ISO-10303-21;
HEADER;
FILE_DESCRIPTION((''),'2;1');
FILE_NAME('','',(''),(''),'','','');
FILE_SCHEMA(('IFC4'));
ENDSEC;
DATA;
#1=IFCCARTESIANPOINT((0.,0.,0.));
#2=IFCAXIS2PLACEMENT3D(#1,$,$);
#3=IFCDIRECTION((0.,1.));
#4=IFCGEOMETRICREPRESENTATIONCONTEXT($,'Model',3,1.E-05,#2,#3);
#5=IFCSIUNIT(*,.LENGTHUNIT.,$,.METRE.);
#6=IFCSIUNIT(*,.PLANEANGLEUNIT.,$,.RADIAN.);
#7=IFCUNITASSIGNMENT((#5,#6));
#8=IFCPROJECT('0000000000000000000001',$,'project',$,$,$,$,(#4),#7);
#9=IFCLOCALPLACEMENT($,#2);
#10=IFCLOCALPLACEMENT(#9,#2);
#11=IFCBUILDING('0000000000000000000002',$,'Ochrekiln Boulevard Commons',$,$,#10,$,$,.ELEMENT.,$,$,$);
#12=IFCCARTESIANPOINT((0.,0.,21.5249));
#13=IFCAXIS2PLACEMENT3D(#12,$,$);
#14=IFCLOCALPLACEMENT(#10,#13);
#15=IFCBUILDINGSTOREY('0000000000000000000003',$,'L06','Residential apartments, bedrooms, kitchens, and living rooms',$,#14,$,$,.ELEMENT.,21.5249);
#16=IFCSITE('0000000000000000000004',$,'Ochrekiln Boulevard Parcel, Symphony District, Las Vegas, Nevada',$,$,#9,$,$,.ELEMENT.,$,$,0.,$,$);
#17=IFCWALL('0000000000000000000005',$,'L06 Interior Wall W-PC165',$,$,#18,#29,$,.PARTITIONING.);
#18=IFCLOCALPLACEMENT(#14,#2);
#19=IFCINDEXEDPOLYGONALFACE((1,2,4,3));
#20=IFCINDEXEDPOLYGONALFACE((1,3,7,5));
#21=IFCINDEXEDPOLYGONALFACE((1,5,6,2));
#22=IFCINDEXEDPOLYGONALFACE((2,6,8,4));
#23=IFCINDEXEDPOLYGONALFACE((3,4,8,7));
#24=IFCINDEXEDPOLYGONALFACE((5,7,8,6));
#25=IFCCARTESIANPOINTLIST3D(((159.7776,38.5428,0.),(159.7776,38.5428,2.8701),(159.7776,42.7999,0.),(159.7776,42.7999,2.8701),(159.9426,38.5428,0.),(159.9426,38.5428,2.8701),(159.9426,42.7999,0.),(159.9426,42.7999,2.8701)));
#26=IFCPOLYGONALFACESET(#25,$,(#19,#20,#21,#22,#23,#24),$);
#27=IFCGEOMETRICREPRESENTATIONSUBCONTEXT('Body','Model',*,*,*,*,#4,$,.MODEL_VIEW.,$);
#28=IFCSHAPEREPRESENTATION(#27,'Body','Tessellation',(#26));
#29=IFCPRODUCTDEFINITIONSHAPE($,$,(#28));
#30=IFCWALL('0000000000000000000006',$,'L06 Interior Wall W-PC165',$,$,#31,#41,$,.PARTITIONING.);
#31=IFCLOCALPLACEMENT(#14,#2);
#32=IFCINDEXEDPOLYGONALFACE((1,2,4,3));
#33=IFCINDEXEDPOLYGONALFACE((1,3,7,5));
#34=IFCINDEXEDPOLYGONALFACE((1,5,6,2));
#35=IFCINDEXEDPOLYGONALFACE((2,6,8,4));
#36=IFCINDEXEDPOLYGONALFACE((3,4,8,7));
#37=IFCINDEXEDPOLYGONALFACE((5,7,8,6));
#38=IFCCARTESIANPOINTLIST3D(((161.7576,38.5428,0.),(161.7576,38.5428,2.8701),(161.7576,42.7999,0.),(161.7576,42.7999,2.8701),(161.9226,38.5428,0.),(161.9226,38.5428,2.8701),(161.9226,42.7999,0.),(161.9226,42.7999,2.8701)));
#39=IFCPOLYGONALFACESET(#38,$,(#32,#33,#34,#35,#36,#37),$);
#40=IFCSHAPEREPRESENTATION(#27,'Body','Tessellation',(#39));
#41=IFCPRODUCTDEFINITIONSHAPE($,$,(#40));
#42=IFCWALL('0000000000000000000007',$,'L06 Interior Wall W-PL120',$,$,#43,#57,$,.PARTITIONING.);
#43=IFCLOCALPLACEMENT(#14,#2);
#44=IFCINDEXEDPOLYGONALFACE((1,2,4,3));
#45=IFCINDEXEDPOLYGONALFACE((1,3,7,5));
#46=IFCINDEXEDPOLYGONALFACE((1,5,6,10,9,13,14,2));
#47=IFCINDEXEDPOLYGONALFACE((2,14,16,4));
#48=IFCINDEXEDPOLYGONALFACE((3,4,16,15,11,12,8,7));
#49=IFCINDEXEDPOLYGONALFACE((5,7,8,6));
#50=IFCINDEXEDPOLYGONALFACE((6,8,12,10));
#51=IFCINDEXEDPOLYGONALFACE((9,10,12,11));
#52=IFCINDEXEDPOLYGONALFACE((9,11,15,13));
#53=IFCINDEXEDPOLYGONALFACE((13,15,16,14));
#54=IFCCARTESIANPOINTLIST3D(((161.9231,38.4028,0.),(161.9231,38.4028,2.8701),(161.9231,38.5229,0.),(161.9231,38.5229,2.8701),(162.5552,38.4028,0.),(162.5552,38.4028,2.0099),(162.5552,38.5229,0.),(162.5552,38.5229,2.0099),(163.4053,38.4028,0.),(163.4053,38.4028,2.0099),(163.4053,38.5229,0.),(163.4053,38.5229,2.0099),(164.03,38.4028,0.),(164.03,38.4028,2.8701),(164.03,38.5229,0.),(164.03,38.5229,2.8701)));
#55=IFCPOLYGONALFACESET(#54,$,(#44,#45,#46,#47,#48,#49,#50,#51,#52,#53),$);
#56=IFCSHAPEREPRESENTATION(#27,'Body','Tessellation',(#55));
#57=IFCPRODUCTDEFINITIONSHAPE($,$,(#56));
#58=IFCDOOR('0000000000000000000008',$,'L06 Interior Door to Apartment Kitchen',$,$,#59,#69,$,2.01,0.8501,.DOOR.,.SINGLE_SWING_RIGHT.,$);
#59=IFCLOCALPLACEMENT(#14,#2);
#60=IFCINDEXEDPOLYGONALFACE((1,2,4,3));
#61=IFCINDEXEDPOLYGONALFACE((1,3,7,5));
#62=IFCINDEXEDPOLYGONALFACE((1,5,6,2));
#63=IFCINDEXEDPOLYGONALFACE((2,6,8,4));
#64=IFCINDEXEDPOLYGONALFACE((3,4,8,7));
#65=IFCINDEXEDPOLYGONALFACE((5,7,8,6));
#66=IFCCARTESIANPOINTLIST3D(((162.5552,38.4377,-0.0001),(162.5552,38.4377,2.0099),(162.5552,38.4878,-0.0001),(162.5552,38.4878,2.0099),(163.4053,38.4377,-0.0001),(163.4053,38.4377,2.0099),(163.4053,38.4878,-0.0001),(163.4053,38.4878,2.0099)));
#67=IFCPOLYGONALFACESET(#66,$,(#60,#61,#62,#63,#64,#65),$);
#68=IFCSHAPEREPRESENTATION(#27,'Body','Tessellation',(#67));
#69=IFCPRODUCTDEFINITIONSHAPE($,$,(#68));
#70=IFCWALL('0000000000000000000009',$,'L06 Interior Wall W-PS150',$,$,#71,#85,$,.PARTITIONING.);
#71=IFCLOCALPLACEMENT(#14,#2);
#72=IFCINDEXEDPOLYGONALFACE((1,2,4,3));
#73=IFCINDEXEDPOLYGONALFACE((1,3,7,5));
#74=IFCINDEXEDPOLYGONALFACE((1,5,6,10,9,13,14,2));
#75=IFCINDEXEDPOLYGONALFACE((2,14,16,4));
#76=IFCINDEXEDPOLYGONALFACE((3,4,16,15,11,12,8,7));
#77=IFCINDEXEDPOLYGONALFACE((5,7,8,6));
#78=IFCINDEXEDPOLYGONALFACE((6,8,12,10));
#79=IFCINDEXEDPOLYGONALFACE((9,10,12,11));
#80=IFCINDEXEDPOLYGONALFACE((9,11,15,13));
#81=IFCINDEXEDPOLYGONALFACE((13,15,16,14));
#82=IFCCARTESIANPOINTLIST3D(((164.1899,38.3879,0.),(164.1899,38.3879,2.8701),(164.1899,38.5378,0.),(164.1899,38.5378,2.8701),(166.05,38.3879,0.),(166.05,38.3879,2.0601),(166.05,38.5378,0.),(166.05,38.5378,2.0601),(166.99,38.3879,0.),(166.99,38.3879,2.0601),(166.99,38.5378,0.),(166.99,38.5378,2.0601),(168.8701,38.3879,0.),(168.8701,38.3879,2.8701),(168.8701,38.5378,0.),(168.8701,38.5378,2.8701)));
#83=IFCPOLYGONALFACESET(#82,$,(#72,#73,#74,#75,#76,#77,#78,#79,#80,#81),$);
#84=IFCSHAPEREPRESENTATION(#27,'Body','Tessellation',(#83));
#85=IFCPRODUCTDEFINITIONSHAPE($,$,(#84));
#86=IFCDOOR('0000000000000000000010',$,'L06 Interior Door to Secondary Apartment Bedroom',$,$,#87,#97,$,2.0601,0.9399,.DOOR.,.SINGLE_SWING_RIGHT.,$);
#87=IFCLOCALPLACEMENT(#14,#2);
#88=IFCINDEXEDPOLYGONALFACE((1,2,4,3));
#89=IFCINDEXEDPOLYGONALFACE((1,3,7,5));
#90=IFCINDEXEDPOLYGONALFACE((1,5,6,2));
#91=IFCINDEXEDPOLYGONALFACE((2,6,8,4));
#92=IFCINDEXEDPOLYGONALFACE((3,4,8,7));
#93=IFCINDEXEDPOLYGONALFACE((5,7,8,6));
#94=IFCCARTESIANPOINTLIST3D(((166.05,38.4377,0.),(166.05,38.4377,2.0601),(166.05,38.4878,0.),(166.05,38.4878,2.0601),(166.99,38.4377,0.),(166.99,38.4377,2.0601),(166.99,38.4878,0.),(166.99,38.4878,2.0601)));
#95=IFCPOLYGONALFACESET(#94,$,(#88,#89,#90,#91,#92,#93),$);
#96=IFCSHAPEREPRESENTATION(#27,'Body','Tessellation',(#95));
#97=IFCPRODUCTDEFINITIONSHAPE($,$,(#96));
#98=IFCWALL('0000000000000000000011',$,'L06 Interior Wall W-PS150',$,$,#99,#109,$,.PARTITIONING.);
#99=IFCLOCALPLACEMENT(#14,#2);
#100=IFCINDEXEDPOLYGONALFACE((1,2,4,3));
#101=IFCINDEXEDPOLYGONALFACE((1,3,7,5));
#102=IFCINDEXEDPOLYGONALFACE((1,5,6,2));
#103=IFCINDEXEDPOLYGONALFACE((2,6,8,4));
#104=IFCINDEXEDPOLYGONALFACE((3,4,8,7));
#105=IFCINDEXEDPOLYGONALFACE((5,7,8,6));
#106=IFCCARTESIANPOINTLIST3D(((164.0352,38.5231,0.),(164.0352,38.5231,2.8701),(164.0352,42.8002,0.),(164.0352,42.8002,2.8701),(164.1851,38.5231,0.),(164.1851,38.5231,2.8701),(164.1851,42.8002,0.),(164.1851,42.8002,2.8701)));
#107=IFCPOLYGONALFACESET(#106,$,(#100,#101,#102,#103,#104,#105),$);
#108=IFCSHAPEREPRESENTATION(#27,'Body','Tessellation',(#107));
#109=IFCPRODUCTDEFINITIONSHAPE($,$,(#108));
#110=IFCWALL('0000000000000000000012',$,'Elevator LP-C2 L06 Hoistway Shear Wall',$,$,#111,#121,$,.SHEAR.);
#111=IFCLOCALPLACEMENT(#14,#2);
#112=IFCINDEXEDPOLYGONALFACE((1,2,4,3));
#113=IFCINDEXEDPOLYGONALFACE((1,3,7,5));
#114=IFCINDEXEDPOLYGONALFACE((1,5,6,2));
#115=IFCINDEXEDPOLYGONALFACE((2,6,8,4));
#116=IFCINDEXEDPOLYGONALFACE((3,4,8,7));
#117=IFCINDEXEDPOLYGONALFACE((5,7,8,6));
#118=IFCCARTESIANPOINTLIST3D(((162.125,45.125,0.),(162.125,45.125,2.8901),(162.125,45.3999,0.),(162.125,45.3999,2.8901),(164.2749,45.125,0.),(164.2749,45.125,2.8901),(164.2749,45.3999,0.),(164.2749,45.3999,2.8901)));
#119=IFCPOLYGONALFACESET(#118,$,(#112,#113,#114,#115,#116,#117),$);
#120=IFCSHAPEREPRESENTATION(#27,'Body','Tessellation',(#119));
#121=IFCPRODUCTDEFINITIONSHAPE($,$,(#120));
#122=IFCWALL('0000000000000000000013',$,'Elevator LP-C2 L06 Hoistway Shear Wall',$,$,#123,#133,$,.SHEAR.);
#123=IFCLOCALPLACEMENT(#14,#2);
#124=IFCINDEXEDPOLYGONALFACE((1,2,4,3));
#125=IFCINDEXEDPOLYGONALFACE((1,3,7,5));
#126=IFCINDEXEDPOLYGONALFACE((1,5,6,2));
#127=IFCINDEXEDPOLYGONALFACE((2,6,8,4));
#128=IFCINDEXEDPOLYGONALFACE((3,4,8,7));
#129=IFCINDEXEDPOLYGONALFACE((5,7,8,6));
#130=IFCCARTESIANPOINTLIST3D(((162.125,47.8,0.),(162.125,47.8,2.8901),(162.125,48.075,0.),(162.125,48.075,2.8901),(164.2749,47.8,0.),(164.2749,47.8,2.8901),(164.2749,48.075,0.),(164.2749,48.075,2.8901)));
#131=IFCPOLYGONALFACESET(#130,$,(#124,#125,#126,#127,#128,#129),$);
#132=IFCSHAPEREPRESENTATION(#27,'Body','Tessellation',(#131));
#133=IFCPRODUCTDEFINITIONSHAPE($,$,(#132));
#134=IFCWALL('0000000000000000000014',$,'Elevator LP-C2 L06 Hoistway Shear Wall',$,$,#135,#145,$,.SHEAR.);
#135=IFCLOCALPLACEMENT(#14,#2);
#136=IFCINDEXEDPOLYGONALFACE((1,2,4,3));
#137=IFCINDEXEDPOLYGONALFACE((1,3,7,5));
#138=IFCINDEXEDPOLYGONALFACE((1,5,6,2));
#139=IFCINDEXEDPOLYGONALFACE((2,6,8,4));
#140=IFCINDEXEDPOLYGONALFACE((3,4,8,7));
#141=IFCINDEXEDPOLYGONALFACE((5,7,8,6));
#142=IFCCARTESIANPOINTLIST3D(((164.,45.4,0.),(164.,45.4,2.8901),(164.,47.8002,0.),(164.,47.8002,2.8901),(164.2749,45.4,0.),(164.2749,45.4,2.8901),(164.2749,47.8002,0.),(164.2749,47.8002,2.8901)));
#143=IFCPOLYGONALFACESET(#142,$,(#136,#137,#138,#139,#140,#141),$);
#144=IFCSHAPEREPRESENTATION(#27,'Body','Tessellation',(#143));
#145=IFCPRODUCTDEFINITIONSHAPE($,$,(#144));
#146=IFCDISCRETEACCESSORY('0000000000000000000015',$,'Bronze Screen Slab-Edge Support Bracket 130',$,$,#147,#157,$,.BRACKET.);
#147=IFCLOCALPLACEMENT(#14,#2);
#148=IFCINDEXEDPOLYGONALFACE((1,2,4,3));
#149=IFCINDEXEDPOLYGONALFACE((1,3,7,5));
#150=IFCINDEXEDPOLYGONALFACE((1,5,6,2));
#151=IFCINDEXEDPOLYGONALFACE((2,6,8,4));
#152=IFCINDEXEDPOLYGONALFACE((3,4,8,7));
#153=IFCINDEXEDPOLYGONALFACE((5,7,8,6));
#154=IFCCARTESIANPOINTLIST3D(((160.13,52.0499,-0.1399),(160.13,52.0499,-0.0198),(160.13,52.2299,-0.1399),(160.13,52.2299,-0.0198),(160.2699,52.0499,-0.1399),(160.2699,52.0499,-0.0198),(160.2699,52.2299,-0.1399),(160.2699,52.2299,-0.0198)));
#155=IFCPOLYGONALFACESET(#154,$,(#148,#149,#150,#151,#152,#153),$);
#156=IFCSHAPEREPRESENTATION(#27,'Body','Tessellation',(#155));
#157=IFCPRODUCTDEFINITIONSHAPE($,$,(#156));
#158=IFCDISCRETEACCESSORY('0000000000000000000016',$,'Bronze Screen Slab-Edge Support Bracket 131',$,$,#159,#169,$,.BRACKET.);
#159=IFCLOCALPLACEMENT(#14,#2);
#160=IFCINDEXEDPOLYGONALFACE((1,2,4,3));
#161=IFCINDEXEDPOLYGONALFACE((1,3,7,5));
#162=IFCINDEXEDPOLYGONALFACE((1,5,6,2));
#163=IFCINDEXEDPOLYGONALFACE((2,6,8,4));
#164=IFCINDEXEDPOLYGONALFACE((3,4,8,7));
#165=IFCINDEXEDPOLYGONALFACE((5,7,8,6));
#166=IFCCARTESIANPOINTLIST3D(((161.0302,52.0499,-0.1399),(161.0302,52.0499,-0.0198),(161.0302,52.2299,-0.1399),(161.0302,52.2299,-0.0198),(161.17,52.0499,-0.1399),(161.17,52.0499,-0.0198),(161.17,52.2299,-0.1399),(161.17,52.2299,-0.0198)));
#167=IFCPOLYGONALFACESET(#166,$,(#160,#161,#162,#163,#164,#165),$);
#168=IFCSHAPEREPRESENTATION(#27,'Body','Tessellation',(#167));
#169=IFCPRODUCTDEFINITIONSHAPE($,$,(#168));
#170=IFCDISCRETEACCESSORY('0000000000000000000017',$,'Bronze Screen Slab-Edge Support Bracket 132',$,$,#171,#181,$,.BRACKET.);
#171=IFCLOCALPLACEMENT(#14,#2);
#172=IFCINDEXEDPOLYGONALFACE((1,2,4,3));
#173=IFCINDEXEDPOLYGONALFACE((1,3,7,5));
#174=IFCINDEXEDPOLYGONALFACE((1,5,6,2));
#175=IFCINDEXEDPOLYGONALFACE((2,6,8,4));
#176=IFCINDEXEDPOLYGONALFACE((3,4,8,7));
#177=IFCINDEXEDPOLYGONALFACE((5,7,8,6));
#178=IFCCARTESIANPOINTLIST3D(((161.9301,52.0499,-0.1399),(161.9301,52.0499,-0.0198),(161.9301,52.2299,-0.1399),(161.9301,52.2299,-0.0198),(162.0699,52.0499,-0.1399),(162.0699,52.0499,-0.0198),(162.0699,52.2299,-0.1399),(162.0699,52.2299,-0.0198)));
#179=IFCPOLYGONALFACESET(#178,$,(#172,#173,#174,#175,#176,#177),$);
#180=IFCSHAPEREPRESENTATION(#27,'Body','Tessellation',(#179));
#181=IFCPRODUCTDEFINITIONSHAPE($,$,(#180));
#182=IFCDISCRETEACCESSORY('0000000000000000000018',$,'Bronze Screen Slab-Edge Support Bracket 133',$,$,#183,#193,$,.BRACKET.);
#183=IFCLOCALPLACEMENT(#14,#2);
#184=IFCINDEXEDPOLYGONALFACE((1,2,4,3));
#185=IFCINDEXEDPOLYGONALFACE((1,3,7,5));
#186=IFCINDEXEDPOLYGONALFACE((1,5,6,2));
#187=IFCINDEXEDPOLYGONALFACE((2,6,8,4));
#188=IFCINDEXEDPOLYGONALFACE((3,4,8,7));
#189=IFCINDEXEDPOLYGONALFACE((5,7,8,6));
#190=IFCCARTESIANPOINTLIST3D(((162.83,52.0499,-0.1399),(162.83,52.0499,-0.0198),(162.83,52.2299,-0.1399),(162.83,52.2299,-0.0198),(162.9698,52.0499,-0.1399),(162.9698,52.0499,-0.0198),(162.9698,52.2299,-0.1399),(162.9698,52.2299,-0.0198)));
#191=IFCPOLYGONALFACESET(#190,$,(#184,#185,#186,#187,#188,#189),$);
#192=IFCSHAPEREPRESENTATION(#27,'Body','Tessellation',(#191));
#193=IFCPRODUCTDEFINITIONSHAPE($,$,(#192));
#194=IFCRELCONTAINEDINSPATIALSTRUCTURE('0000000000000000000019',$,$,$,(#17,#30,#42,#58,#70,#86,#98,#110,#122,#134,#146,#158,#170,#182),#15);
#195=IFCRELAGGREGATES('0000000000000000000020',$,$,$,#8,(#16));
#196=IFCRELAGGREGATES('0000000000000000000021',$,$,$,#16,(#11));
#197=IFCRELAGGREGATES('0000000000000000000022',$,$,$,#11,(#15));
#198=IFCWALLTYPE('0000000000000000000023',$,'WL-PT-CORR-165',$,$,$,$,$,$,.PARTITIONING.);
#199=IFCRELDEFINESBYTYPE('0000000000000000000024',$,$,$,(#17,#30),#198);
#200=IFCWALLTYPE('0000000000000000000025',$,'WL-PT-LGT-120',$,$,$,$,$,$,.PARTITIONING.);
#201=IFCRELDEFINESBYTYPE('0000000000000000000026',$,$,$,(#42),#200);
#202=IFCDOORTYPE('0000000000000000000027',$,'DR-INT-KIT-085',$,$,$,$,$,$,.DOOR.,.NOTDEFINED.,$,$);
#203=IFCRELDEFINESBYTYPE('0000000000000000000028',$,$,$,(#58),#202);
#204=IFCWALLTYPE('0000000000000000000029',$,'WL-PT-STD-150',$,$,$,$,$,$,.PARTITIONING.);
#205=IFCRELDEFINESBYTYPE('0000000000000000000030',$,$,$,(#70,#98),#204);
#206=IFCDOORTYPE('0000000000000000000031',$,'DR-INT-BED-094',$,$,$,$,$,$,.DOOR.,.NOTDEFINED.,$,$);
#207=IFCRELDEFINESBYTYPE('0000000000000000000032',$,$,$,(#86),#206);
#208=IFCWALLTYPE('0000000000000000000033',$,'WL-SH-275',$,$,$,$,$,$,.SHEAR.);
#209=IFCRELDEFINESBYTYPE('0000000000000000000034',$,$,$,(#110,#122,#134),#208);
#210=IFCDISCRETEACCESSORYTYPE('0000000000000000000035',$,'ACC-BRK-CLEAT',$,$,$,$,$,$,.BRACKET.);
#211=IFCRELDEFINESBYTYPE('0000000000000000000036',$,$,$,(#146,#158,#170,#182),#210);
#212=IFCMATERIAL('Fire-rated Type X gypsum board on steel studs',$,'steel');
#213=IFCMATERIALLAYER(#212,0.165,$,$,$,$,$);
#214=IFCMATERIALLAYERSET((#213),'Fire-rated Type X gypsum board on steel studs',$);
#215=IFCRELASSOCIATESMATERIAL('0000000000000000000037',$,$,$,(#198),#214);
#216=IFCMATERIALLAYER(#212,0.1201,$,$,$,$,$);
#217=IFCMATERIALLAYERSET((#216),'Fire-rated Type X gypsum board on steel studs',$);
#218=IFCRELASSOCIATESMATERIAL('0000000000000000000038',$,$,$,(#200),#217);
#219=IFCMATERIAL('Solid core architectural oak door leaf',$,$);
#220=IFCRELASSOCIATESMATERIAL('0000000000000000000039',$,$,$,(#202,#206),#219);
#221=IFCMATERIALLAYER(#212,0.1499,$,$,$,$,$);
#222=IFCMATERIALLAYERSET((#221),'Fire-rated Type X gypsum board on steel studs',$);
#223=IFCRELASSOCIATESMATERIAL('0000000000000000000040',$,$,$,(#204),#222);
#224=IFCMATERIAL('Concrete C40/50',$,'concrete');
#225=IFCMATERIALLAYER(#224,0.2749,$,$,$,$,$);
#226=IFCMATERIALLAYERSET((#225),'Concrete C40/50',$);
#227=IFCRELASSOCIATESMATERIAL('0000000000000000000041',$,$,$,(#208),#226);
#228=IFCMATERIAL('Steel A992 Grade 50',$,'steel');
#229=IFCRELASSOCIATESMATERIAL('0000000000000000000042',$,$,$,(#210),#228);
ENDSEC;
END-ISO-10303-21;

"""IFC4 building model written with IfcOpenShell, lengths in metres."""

from ifc_helpers import new_model, si_unit, direction, frame, frame_2d, origin, origin_2d, place, context, subcontext, project, spatial, rectangle, extrude, material, layer, layer_set, type_object, element, fill, save


model = new_model("IFC4")

# Units and contexts
model_context = context("Model", 3, precision=1e-05, world=origin(), true_north=direction((0.0, 1.0)))
body_context = subcontext(model_context, "Body", "Model", "MODEL_VIEW")
ifc_project = project(units=[si_unit("LENGTHUNIT", "METRE"), si_unit("PLANEANGLEUNIT", "RADIAN")], contexts=[model_context])

# Site, building, storey
site_placement = place(None, origin())
site = spatial("IfcSite", under=ifc_project, at=site_placement, Name="Ochrekiln Boulevard Parcel, Symphony District, Las Vegas, Nevada", CompositionType="ELEMENT", RefElevation=0.0)
building_placement = place(site_placement, origin())
building = spatial("IfcBuilding", under=site, at=building_placement, Name="Ochrekiln Boulevard Commons", CompositionType="ELEMENT")
storey_placement = place(building_placement, frame((0.0, 0.0, 21.5249)))
storey = spatial("IfcBuildingStorey", under=building, at=storey_placement, Name="L06", Description="Residential apartments, bedrooms, kitchens, and living rooms", CompositionType="ELEMENT", Elevation=21.5249)

# Shared definitions
ifc_material_1 = material(Name="Concrete C40/50", Category="concrete")

# Walls
ifc_material_2 = material(Name="Fire-rated Type X gypsum board on steel studs", Category="steel")
ifc_layer_1 = layer(ifc_material_2, 0.165)
ifc_layer_set_1 = layer_set([ifc_layer_1], Name="Fire-rated Type X gypsum board on steel studs")
wall_type_1 = type_object("IfcWallType", Name="WL-PT-CORR-165", PredefinedType="PARTITIONING", material=ifc_layer_set_1)
for number, where, z_axis, x_axis, name in (
    (1, (159.8601, 38.543, 0.0), (0.0, 0.0, 1.0), (0.0, 1.0, 0.0), "L06 Interior Wall W-PC165"),
    (2, (161.8401, 38.543, 0.0), (0.0, 0.0, 1.0), (0.0, 1.0, 0.0), "L06 Interior Wall W-PC165"),
):
    element("IfcWall", number, at=place(storey_placement, frame(where, z_axis=z_axis, x_axis=x_axis)), inside=storey, type_object=wall_type_1, Name=name, PredefinedType="PARTITIONING", context=body_context, shape_type="SweptSolid", body=[
        extrude(rectangle(XDim=4.2571, YDim=0.165, at=frame_2d((2.1284, 0.0))), origin(), (0.0, 0.0, 1.0), 2.8701),
    ])

# Walls, openings, doors
ifc_layer_2 = layer(ifc_material_2, 0.1201)
ifc_layer_set_2 = layer_set([ifc_layer_2], Name="Fire-rated Type X gypsum board on steel studs")
wall_type_2 = type_object("IfcWallType", Name="WL-PT-LGT-120", PredefinedType="PARTITIONING", material=ifc_layer_set_2)
wall_1_placement = place(storey_placement, frame((161.9231, 38.4629, 0.0), z_axis=(0.0, 0.0, 1.0), x_axis=(1.0, 0.0, 0.0)))
wall_1 = element("IfcWall", 3, at=wall_1_placement, inside=storey, type_object=wall_type_2, Name="L06 Interior Wall W-PL120", PredefinedType="PARTITIONING", context=body_context, shape_type="SweptSolid", body=[
    extrude(rectangle(XDim=2.1069, YDim=0.1201, at=frame_2d((1.0535, 0.0))), origin(), (0.0, 0.0, 1.0), 2.8701),
])
opening_1_placement = place(wall_1_placement, frame((0.6321, 0.0, 0.0)))
opening_1 = element("IfcOpeningElement", 4, at=opening_1_placement, cuts=wall_1, PredefinedType="OPENING", context=body_context, shape_type="SweptSolid", body=[
    extrude(rectangle(XDim=0.8501, YDim=2.01, at=frame_2d((0.425, 1.0049))), frame((0.0, 0.0701, 0.0), z_axis=(0.0, -1.0, 0.0), x_axis=(1.0, 0.0, 0.0)), (0.0, 0.0, 1.0), 0.1401),
])
ifc_material_3 = material(Name="Solid core architectural oak door leaf")
door_type_1 = type_object("IfcDoorType", Name="DR-INT-KIT-085", OperationType="NOTDEFINED", PredefinedType="DOOR", material=ifc_material_3)
door_1_placement = place(opening_1_placement, origin())
door_1 = element("IfcDoor", 5, at=door_1_placement, inside=storey, type_object=door_type_1, Name="L06 Interior Door to Apartment Kitchen", OperationType="SINGLE_SWING_RIGHT", OverallHeight=2.01, OverallWidth=0.8501, PredefinedType="DOOR", context=body_context, shape_type="SweptSolid", body=[
    extrude(rectangle(XDim=0.8501, YDim=2.01, at=frame_2d((0.425, 1.0049))), frame((0.0, 0.0249, 0.0), z_axis=(0.0, -1.0, 0.0), x_axis=(1.0, 0.0, 0.0)), (0.0, 0.0, 1.0), 0.05),
])
fill(opening_1, door_1)
ifc_layer_3 = layer(ifc_material_2, 0.1499)
ifc_layer_set_3 = layer_set([ifc_layer_3], Name="Fire-rated Type X gypsum board on steel studs")
wall_type_3 = type_object("IfcWallType", Name="WL-PT-STD-150", PredefinedType="PARTITIONING", material=ifc_layer_set_3)
wall_2_placement = place(storey_placement, frame((164.1899, 38.4629, 0.0), z_axis=(0.0, 0.0, 1.0), x_axis=(1.0, 0.0, 0.0)))
wall_2 = element("IfcWall", 6, at=wall_2_placement, inside=storey, type_object=wall_type_3, Name="L06 Interior Wall W-PS150", PredefinedType="PARTITIONING", context=body_context, shape_type="SweptSolid", body=[
    extrude(rectangle(XDim=4.6802, YDim=0.1499, at=frame_2d((2.3401, 0.0))), origin(), (0.0, 0.0, 1.0), 2.8701),
])
opening_2_placement = place(wall_2_placement, frame((1.8601, 0.0, 0.0)))
opening_2 = element("IfcOpeningElement", 7, at=opening_2_placement, cuts=wall_2, PredefinedType="OPENING", context=body_context, shape_type="SweptSolid", body=[
    extrude(rectangle(XDim=0.9399, YDim=2.0601, at=frame_2d((0.47, 1.03))), frame((0.0, 0.085, 0.0), z_axis=(0.0, -1.0, 0.0), x_axis=(1.0, 0.0, 0.0)), (0.0, 0.0, 1.0), 0.1699),
])
door_type_2 = type_object("IfcDoorType", Name="DR-INT-BED-094", OperationType="NOTDEFINED", PredefinedType="DOOR", material=ifc_material_3)
door_2_placement = place(opening_2_placement, origin())
door_2 = element("IfcDoor", 8, at=door_2_placement, inside=storey, type_object=door_type_2, Name="L06 Interior Door to Secondary Apartment Bedroom", OperationType="SINGLE_SWING_RIGHT", OverallHeight=2.0601, OverallWidth=0.9399, PredefinedType="DOOR", context=body_context, shape_type="SweptSolid", body=[
    extrude(rectangle(XDim=0.9399, YDim=2.0601, at=frame_2d((0.47, 1.03))), frame((0.0, 0.0249, 0.0), z_axis=(0.0, -1.0, 0.0), x_axis=(1.0, 0.0, 0.0)), (0.0, 0.0, 1.0), 0.05),
])
fill(opening_2, door_2)

# Walls
wall_3_placement = place(storey_placement, frame((164.1101, 38.5229, 0.0), z_axis=(0.0, 0.0, 1.0), x_axis=(0.0, 1.0, 0.0)))
element("IfcWall", 9, at=wall_3_placement, inside=storey, type_object=wall_type_3, Name="L06 Interior Wall W-PS150", PredefinedType="PARTITIONING", context=body_context, shape_type="SweptSolid", body=[
    extrude(rectangle(XDim=4.2771, YDim=0.1499, at=frame_2d((2.1387, 0.0))), origin(), (0.0, 0.0, 1.0), 2.8701),
])
ifc_layer_4 = layer(ifc_material_1, 0.2749)
ifc_layer_set_4 = layer_set([ifc_layer_4], Name="Concrete C40/50")
wall_type_4 = type_object("IfcWallType", Name="WL-SH-275", PredefinedType="SHEAR", material=ifc_layer_set_4)
for number, where, z_axis, x_axis, name in (
    (10, (162.125, 45.2625, 0.0), (0.0, 0.0, 1.0), (1.0, 0.0, 0.0), "Elevator LP-C2 L06 Hoistway Shear Wall"),
    (11, (162.125, 47.9375, 0.0), (0.0, 0.0, 1.0), (1.0, 0.0, 0.0), "Elevator LP-C2 L06 Hoistway Shear Wall"),
):
    element("IfcWall", number, at=place(storey_placement, frame(where, z_axis=z_axis, x_axis=x_axis)), inside=storey, type_object=wall_type_4, Name=name, PredefinedType="SHEAR", context=body_context, shape_type="SweptSolid", body=[
        extrude(rectangle(XDim=2.1499, YDim=0.2749, at=frame_2d((1.075, 0.0))), origin(), (0.0, 0.0, 1.0), 2.8901),
    ])

# Wall
wall_4_placement = place(storey_placement, frame((164.1375, 45.3999, 0.0), z_axis=(0.0, 0.0, 1.0), x_axis=(0.0, 1.0, 0.0)))
element("IfcWall", 12, at=wall_4_placement, inside=storey, type_object=wall_type_4, Name="Elevator LP-C2 L06 Hoistway Shear Wall", PredefinedType="SHEAR", context=body_context, shape_type="SweptSolid", body=[
    extrude(rectangle(XDim=2.4001, YDim=0.2749, at=frame_2d((1.2002, 0.0))), origin(), (0.0, 0.0, 1.0), 2.8901),
])

# Discrete accessories
ifc_material_4 = material(Name="Steel A992 Grade 50", Category="steel")
discrete_accessory_type = type_object("IfcDiscreteAccessoryType", Name="ACC-BRK-CLEAT", PredefinedType="BRACKET", material=ifc_material_4)
for number, where, z_axis, x_axis, name in (
    (13, (160.2, 52.1399, -0.1399), (0.0, 0.0, 1.0), (1.0, 0.0, 0.0), "Bronze Screen Slab-Edge Support Bracket 130"),
    (14, (161.1001, 52.1399, -0.1399), (0.0, 0.0, 1.0), (1.0, 0.0, 0.0), "Bronze Screen Slab-Edge Support Bracket 131"),
    (15, (162.0, 52.1399, -0.1399), (0.0, 0.0, 1.0), (1.0, 0.0, 0.0), "Bronze Screen Slab-Edge Support Bracket 132"),
    (16, (162.8999, 52.1399, -0.1399), (0.0, 0.0, 1.0), (1.0, 0.0, 0.0), "Bronze Screen Slab-Edge Support Bracket 133"),
):
    element("IfcDiscreteAccessory", number, at=place(storey_placement, frame(where, z_axis=z_axis, x_axis=x_axis)), inside=storey, type_object=discrete_accessory_type, Name=name, PredefinedType="BRACKET", context=body_context, shape_type="SweptSolid", body=[
        extrude(rectangle(XDim=0.1399, YDim=0.1799, at=origin_2d()), origin(), (0.0, 0.0, 1.0), 0.1201),
    ])

save(model, "model.ifc")
